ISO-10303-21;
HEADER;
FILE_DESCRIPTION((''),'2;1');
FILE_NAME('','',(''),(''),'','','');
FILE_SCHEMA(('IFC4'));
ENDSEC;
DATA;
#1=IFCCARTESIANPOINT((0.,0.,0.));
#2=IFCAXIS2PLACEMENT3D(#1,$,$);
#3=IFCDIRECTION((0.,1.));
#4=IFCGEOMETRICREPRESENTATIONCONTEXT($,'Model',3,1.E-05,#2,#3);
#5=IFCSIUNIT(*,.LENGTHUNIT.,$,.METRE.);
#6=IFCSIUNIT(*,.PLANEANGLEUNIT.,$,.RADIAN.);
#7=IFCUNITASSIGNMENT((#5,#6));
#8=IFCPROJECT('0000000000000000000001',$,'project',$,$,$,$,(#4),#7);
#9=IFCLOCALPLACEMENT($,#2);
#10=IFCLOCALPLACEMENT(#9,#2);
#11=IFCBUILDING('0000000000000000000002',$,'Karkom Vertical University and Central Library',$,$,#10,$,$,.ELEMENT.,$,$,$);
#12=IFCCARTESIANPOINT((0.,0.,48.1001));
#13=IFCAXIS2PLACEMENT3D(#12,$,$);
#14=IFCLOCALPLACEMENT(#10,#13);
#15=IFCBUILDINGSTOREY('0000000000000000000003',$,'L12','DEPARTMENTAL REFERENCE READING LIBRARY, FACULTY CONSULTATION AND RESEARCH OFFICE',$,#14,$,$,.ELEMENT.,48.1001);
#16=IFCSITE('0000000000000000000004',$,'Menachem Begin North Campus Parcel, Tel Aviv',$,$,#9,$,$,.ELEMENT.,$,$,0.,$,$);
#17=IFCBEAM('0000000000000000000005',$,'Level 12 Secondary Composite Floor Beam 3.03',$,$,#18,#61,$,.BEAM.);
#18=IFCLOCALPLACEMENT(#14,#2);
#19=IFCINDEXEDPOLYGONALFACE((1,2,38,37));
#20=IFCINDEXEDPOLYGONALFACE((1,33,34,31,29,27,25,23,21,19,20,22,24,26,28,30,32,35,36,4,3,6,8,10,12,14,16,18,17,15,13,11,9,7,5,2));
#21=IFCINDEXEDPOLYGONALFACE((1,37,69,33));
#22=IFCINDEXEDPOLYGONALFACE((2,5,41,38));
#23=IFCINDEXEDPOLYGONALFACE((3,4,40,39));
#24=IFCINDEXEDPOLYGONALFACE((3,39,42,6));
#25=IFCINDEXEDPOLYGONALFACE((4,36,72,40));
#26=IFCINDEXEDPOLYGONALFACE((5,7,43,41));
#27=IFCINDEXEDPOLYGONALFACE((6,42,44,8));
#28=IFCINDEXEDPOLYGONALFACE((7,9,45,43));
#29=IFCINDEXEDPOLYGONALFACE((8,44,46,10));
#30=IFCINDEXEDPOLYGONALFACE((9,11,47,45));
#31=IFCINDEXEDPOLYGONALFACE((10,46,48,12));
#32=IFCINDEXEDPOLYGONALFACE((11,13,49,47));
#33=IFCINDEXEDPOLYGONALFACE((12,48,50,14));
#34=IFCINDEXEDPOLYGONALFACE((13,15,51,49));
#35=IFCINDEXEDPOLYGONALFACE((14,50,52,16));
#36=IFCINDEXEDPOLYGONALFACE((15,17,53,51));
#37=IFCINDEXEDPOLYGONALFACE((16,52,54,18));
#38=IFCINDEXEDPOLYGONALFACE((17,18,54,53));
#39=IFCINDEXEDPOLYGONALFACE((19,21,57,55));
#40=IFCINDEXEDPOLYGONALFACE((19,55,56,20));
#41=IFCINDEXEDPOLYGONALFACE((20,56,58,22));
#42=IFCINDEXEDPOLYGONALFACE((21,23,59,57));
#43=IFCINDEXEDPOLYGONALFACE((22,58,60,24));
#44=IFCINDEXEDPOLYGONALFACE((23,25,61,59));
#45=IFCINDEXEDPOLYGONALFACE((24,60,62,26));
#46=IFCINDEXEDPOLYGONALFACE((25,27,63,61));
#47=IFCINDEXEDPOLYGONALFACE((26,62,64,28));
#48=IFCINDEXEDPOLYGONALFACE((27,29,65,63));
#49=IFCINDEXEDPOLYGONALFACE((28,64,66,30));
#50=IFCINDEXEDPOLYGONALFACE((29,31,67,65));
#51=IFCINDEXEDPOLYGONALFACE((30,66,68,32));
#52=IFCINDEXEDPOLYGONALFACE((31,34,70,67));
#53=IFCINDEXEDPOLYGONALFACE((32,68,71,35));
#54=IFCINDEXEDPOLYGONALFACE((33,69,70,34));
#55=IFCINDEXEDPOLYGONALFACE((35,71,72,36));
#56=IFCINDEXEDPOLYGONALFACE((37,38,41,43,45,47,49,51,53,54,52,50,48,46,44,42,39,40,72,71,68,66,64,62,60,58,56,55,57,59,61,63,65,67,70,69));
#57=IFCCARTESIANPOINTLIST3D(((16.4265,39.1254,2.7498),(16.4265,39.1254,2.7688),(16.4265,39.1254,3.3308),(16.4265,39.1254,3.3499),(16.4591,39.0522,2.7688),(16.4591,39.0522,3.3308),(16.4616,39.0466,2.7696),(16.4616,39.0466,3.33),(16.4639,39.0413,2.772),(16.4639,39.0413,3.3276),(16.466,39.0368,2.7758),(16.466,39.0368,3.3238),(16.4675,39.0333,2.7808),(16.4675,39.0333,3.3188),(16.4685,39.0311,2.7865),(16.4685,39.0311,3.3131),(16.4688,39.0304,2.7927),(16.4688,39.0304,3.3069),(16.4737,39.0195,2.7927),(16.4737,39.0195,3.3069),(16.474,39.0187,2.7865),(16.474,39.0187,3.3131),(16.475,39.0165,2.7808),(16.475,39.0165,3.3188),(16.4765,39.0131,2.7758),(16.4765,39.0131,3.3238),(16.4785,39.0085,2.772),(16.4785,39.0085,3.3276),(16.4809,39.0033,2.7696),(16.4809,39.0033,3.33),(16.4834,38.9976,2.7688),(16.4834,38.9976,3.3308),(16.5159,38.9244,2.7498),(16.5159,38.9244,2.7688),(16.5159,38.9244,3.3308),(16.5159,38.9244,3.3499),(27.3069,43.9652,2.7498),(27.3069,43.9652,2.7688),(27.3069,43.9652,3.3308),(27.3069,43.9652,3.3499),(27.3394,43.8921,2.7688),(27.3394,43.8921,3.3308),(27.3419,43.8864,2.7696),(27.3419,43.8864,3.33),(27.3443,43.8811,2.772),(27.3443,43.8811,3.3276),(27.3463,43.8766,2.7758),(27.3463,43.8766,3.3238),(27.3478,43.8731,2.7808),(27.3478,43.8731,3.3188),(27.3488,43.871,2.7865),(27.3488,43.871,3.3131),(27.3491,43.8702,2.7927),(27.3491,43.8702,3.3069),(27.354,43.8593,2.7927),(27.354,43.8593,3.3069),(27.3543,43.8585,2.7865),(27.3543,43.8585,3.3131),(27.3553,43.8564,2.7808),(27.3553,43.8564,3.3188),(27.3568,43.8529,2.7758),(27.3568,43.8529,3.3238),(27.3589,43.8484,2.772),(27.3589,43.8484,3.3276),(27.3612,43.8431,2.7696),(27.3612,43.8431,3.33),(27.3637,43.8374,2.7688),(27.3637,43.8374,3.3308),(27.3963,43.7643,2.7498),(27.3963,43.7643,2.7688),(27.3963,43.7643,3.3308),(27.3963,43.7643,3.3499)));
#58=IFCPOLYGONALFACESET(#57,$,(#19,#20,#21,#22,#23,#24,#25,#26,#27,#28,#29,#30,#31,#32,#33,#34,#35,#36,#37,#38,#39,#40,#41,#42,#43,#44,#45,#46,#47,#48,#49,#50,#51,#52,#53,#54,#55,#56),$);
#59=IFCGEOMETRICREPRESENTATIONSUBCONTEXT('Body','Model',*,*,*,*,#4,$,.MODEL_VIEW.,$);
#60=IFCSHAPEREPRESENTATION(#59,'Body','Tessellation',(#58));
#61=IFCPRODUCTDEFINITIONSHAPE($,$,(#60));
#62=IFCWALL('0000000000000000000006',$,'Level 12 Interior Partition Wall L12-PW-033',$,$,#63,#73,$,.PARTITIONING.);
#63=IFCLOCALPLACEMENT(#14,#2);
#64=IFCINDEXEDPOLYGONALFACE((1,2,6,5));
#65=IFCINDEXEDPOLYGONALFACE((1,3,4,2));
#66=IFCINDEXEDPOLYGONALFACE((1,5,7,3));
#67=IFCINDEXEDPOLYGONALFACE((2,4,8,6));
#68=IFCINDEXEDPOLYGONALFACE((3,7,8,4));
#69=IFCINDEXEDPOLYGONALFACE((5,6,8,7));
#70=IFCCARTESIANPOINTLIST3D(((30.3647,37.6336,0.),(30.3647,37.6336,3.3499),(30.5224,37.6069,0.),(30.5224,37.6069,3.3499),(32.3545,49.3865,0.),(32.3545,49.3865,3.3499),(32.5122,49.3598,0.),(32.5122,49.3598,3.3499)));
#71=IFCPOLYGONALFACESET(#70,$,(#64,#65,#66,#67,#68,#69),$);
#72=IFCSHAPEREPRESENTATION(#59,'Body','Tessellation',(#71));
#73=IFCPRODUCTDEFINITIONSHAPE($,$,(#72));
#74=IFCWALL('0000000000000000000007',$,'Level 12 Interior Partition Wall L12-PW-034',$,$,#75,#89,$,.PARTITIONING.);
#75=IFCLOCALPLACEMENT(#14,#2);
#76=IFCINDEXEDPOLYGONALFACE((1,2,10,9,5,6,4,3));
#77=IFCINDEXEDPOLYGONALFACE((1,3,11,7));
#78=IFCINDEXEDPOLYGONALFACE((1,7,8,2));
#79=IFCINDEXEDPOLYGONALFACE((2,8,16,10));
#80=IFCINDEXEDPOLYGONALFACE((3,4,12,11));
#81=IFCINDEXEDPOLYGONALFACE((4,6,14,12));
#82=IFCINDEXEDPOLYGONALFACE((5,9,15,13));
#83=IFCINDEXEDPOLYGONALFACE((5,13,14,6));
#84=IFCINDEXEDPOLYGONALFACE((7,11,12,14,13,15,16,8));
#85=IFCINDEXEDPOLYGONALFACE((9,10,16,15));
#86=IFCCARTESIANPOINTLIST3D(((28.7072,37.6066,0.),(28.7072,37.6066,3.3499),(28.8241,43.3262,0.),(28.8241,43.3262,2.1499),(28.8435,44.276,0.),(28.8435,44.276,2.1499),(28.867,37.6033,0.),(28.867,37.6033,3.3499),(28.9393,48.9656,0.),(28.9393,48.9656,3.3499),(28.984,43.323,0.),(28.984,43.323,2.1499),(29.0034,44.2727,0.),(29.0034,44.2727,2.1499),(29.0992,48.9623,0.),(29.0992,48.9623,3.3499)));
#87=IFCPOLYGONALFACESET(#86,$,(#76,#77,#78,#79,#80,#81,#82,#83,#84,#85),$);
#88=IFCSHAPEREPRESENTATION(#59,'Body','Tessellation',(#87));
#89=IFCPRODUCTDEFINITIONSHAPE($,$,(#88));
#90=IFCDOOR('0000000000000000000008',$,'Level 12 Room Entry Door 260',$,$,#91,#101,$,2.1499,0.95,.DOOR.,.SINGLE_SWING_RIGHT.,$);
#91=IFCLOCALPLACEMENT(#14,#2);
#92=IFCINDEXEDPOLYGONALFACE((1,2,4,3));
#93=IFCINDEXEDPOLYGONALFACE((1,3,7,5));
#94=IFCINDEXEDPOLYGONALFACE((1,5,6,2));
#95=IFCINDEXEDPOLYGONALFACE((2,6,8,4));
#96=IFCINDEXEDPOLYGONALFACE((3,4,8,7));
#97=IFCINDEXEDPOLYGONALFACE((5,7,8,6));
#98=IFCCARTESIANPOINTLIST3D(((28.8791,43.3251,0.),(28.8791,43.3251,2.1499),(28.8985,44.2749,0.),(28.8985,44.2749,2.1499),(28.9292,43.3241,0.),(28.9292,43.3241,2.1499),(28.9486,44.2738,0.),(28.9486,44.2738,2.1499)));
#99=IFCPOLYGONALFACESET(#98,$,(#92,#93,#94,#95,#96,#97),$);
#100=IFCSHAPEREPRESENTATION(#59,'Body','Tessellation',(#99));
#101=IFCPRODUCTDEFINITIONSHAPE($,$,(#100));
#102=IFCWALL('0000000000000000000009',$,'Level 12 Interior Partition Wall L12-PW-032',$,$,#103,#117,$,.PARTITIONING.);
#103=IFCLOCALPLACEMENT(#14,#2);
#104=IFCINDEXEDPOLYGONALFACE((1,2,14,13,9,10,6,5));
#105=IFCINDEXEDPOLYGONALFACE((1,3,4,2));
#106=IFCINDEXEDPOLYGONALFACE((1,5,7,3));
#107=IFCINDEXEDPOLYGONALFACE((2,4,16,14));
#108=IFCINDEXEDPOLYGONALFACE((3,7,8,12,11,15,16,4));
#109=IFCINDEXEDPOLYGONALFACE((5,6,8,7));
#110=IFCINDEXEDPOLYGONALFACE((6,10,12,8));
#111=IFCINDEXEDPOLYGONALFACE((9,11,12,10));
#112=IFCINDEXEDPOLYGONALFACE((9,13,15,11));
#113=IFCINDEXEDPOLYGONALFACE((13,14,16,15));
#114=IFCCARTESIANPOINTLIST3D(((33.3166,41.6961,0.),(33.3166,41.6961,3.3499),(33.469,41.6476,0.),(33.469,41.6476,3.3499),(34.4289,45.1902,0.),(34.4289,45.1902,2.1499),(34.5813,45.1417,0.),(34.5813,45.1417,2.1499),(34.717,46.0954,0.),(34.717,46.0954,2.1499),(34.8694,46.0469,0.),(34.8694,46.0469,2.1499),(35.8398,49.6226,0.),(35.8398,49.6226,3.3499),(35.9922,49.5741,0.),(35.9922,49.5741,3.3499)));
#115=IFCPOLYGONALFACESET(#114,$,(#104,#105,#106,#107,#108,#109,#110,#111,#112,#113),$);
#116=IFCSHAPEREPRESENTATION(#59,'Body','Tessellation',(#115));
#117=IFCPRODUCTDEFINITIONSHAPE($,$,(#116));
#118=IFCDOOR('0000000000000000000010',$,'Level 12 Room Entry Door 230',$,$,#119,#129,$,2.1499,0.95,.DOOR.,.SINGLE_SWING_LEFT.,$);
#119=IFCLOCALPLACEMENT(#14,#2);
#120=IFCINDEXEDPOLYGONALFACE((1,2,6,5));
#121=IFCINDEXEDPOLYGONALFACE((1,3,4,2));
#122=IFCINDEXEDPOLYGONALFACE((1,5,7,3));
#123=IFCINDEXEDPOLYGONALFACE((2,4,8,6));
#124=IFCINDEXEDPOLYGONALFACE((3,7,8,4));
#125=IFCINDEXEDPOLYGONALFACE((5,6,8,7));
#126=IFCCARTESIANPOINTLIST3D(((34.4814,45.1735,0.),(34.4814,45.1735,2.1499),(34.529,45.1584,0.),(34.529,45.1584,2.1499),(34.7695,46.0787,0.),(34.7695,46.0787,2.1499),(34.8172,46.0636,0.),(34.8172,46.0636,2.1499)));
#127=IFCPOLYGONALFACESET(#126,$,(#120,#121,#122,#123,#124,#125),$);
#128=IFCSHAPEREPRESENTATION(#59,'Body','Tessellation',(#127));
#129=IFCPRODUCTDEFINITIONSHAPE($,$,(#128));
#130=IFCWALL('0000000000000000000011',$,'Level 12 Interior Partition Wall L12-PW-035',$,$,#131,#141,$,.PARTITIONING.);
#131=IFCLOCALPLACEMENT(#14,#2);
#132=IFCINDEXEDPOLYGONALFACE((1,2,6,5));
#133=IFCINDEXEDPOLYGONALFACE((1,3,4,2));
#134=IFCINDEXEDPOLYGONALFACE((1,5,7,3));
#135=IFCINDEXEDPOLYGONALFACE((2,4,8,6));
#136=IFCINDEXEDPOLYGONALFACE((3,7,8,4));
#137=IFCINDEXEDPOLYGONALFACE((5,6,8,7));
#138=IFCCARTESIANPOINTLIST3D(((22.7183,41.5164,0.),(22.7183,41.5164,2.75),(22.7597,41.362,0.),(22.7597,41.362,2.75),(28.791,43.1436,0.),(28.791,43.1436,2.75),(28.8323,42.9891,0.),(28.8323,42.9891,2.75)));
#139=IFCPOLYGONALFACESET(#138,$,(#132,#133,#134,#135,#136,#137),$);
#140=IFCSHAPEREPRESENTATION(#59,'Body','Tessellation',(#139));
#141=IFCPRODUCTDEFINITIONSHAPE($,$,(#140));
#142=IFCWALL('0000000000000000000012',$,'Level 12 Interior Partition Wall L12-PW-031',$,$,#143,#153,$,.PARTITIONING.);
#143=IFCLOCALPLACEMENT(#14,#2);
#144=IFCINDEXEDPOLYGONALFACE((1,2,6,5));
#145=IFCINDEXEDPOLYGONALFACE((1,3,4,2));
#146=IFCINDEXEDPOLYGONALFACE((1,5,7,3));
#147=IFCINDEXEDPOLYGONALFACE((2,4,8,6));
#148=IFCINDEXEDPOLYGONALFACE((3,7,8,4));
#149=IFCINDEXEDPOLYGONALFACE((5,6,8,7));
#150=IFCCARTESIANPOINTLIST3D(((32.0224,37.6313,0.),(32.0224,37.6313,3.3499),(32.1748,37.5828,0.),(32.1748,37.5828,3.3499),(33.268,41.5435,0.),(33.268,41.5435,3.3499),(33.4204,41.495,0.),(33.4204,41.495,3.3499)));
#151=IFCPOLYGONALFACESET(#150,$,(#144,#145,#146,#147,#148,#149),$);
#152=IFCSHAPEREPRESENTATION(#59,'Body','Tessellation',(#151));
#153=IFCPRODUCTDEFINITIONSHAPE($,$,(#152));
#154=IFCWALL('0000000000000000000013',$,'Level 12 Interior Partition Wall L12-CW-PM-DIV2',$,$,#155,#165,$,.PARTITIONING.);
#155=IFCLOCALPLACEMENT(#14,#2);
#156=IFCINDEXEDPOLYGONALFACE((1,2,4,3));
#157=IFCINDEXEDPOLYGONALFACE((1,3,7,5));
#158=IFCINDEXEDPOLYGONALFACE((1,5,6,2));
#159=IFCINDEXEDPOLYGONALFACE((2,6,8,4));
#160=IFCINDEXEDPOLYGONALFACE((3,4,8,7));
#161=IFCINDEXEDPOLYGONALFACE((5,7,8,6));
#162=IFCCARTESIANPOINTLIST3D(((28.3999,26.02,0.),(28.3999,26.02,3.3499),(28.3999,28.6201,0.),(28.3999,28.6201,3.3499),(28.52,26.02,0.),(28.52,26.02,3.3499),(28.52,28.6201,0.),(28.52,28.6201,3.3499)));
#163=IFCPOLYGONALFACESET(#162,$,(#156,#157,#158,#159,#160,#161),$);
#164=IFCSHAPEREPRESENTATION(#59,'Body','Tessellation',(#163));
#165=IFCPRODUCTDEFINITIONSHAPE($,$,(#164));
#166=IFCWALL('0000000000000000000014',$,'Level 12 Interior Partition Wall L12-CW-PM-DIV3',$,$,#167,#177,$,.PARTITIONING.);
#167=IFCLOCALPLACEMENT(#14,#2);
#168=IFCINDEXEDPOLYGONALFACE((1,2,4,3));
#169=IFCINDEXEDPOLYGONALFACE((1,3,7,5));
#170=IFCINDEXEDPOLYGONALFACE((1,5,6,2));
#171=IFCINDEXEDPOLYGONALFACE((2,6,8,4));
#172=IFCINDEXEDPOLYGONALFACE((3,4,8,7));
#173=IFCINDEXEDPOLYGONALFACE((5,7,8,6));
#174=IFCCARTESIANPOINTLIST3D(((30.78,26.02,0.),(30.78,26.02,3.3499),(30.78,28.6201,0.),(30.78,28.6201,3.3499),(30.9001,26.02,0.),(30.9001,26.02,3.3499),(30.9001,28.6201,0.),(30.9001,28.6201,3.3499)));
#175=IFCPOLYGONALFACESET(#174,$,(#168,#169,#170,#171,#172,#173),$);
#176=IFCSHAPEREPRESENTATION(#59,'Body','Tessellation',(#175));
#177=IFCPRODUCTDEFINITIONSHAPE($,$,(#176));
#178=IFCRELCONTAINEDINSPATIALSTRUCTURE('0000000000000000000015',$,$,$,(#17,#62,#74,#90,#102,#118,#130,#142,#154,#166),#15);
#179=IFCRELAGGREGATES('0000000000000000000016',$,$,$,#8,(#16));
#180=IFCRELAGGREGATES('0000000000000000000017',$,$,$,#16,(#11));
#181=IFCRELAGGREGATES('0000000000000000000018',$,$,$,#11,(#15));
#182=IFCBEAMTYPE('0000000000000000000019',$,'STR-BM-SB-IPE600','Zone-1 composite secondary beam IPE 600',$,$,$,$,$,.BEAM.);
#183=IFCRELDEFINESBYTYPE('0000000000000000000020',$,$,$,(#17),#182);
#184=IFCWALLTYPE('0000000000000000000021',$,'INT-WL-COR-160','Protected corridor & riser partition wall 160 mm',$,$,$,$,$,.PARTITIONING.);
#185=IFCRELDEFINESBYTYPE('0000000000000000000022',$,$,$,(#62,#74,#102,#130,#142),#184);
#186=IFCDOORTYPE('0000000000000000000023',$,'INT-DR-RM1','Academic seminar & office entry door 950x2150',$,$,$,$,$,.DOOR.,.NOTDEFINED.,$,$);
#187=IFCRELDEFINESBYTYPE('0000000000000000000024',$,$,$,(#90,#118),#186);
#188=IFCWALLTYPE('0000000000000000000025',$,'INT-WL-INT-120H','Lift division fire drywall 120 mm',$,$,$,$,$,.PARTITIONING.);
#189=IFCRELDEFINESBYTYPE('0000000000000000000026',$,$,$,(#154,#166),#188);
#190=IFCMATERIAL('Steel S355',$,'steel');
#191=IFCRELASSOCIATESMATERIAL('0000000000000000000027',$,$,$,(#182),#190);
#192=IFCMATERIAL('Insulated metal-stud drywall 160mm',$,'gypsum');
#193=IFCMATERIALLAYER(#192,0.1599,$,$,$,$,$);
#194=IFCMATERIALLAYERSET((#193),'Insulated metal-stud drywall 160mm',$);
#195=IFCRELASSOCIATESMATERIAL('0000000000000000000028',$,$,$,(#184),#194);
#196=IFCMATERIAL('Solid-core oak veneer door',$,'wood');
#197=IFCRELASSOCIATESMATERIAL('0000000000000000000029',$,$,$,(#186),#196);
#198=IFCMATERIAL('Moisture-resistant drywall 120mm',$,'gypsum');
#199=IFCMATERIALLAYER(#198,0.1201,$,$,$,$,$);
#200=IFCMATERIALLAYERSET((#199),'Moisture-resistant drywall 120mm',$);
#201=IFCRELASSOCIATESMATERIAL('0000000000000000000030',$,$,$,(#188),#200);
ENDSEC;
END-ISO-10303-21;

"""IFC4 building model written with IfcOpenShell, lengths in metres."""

from ifc_helpers import new_model, si_unit, direction, frame, frame_2d, origin, origin_with_axes, origin_2d, place, context, subcontext, project, spatial, rectangle, i_section, extrude, source, transform, mapped, material, layer, layer_set, material_profile, profile_set, type_object, element, fill, save


model = new_model("IFC4")

# Units and contexts
model_context = context("Model", 3, precision=1e-05, world=origin(), true_north=direction((0.0, 1.0)))
body_context = subcontext(model_context, "Body", "Model", "MODEL_VIEW")
ifc_project = project(units=[si_unit("LENGTHUNIT", "METRE"), si_unit("PLANEANGLEUNIT", "RADIAN")], contexts=[model_context])

# Site, building, storey
site_placement = place(None, origin())
site = spatial("IfcSite", under=ifc_project, at=site_placement, Name="Menachem Begin North Campus Parcel, Tel Aviv", CompositionType="ELEMENT", RefElevation=0.0)
building_placement = place(site_placement, origin())
building = spatial("IfcBuilding", under=site, at=building_placement, Name="Karkom Vertical University and Central Library", CompositionType="ELEMENT")
storey_placement = place(building_placement, frame((0.0, 0.0, 48.1001)))
storey = spatial("IfcBuildingStorey", under=building, at=storey_placement, Name="L12", Description="DEPARTMENTAL REFERENCE READING LIBRARY, FACULTY CONSULTATION AND RESEARCH OFFICE", CompositionType="ELEMENT", Elevation=48.1001)

# Beam
ifc_material_1 = material(Name="Steel S355", Category="steel")
ifc_material_profile_1 = material_profile(ifc_material_1, i_section(OverallWidth=0.22, OverallDepth=0.6001, WebThickness=0.012, FlangeThickness=0.019, FilletRadius=0.0239, at=origin_2d()), Name="IPE 600")
ifc_profile_set_1 = profile_set([ifc_material_profile_1], Name="Steel S355")
beam_type_1 = type_object("IfcBeamType", Name="STR-BM-SB-IPE600", Description="Zone-1 composite secondary beam IPE 600", PredefinedType="BEAM", material=ifc_profile_set_1)
shared_shape_1 = source(origin_with_axes(), body_context, "Body", "SweptSolid", [
    extrude(i_section(OverallWidth=0.22, OverallDepth=0.6001, WebThickness=0.012, FlangeThickness=0.019, FilletRadius=0.0239, at=origin_2d()), origin(), (0.0, 0.0, 1.0), 11.9082),
])
beam_1_placement = place(storey_placement, frame((27.3516, 43.8647, 3.0498), z_axis=(-0.913683, -0.406428, 0.0), x_axis=(0.406428, -0.913683, 0.0)))
element("IfcBeam", 1, at=beam_1_placement, inside=storey, type_object=beam_type_1, Name="Level 12 Secondary Composite Floor Beam 3.03", PredefinedType="BEAM", context=body_context, shape_type="MappedRepresentation", body=[
    mapped(shared_shape_1, transform((0.0, 0.0, 0.0), scale=1.0)),
])

# Wall
ifc_material_2 = material(Name="Insulated metal-stud drywall 160mm", Category="gypsum")
ifc_layer_1 = layer(ifc_material_2, 0.1599)
ifc_layer_set_1 = layer_set([ifc_layer_1], Name="Insulated metal-stud drywall 160mm")
wall_type_1 = type_object("IfcWallType", Name="INT-WL-COR-160", Description="Protected corridor & riser partition wall 160 mm", PredefinedType="PARTITIONING", material=ifc_layer_set_1)
wall_1_placement = place(storey_placement, frame((30.4436, 37.6204, 0.0), z_axis=(0.0, 0.0, 1.0), x_axis=(0.166923, 0.98597, 0.0)))
element("IfcWall", 2, at=wall_1_placement, inside=storey, type_object=wall_type_1, Name="Level 12 Interior Partition Wall L12-PW-033", PredefinedType="PARTITIONING", context=body_context, shape_type="SweptSolid", body=[
    extrude(rectangle(XDim=11.9202, YDim=0.1599, at=frame_2d((5.96, 0.0))), origin(), (0.0, 0.0, 1.0), 3.3499),
])

# Walls, openings, doors
wall_2_placement = place(storey_placement, frame((28.7871, 37.605, 0.0), z_axis=(0.0, 0.0, 1.0), x_axis=(0.020436, 0.999791, 0.0)))
wall_2 = element("IfcWall", 3, at=wall_2_placement, inside=storey, type_object=wall_type_1, Name="Level 12 Interior Partition Wall L12-PW-034", PredefinedType="PARTITIONING", context=body_context, shape_type="SweptSolid", body=[
    extrude(rectangle(XDim=11.3613, YDim=0.1599, at=frame_2d((5.6807, 0.0))), origin(), (0.0, 0.0, 1.0), 3.3499),
])
opening_1_placement = place(wall_2_placement, frame((5.7207, 0.0, 0.0)))
opening_1 = element("IfcOpeningElement", 4, at=opening_1_placement, cuts=wall_2, PredefinedType="OPENING", context=body_context, shape_type="SweptSolid", body=[
    extrude(rectangle(XDim=0.95, YDim=2.1499, at=frame_2d((0.4751, 1.075))), frame((0.0, 0.0898, 0.0), z_axis=(0.0, -1.0, 0.0), x_axis=(1.0, 0.0, 0.0)), (0.0, 0.0, 1.0), 0.1799),
])
ifc_material_3 = material(Name="Solid-core oak veneer door", Category="wood")
door_type_1 = type_object("IfcDoorType", Name="INT-DR-RM1", Description="Academic seminar & office entry door 950x2150", OperationType="NOTDEFINED", PredefinedType="DOOR", material=ifc_material_3)
shared_shape_2 = source(origin_with_axes(), body_context, "Body", "SweptSolid", [
    extrude(rectangle(XDim=0.95, YDim=2.1499, at=frame_2d((0.4751, 1.075))), frame((0.0, 0.0249, 0.0), z_axis=(0.0, -1.0, 0.0), x_axis=(1.0, 0.0, 0.0)), (0.0, 0.0, 1.0), 0.05),
])
door_1_placement = place(opening_1_placement, origin())
door_1 = element("IfcDoor", 5, at=door_1_placement, inside=storey, type_object=door_type_1, Name="Level 12 Room Entry Door 260", OperationType="SINGLE_SWING_RIGHT", OverallHeight=2.1499, OverallWidth=0.95, PredefinedType="DOOR", context=body_context, shape_type="MappedRepresentation", body=[
    mapped(shared_shape_2, transform((0.0, 0.0, 0.0), scale=1.0)),
])
fill(opening_1, door_1)
wall_3_placement = place(storey_placement, frame((33.3928, 41.6719, 0.0), z_axis=(0.0, 0.0, 1.0), x_axis=(0.303326, 0.952887, 0.0)))
wall_3 = element("IfcWall", 6, at=wall_3_placement, inside=storey, type_object=wall_type_1, Name="Level 12 Interior Partition Wall L12-PW-032", PredefinedType="PARTITIONING", context=body_context, shape_type="SweptSolid", body=[
    extrude(rectangle(XDim=8.3184, YDim=0.1599, at=frame_2d((4.1592, 0.0))), origin(), (0.0, 0.0, 1.0), 3.3499),
])
opening_2_placement = place(wall_3_placement, frame((3.6667, 0.0, 0.0)))
opening_2 = element("IfcOpeningElement", 7, at=opening_2_placement, cuts=wall_3, PredefinedType="OPENING", context=body_context, shape_type="SweptSolid", body=[
    extrude(rectangle(XDim=0.95, YDim=2.1499, at=frame_2d((0.4751, 1.075))), frame((0.0, 0.0898, 0.0), z_axis=(0.0, -1.0, 0.0), x_axis=(1.0, 0.0, 0.0)), (0.0, 0.0, 1.0), 0.1799),
])
door_2_placement = place(opening_2_placement, origin())
door_2 = element("IfcDoor", 8, at=door_2_placement, inside=storey, type_object=door_type_1, Name="Level 12 Room Entry Door 230", OperationType="SINGLE_SWING_LEFT", OverallHeight=2.1499, OverallWidth=0.95, PredefinedType="DOOR", context=body_context, shape_type="MappedRepresentation", body=[
    mapped(shared_shape_2, transform((0.0, 0.0, 0.0), scale=1.0)),
])
fill(opening_2, door_2)

# Walls
wall_4_placement = place(storey_placement, frame((28.8118, 43.0664, 0.0), z_axis=(0.0, 0.0, 1.0), x_axis=(-0.965926, -0.25882, 0.0)))
element("IfcWall", 9, at=wall_4_placement, inside=storey, type_object=wall_type_1, Name="Level 12 Interior Partition Wall L12-PW-035", PredefinedType="PARTITIONING", context=body_context, shape_type="SweptSolid", body=[
    extrude(rectangle(XDim=6.2869, YDim=0.1599, at=frame_2d((3.1436, 0.0))), origin(), (0.0, 0.0, 1.0), 2.75),
])
wall_5_placement = place(storey_placement, frame((32.0986, 37.6072, 0.0), z_axis=(0.0, 0.0, 1.0), x_axis=(0.30339, 0.952866, 0.0)))
element("IfcWall", 10, at=wall_5_placement, inside=storey, type_object=wall_type_1, Name="Level 12 Interior Partition Wall L12-PW-031", PredefinedType="PARTITIONING", context=body_context, shape_type="SweptSolid", body=[
    extrude(rectangle(XDim=4.1057, YDim=0.1599, at=frame_2d((2.0527, 0.0))), origin(), (0.0, 0.0, 1.0), 3.3499),
])

# Walls
ifc_material_4 = material(Name="Moisture-resistant drywall 120mm", Category="gypsum")
ifc_layer_2 = layer(ifc_material_4, 0.1201)
ifc_layer_set_2 = layer_set([ifc_layer_2], Name="Moisture-resistant drywall 120mm")
wall_type_2 = type_object("IfcWallType", Name="INT-WL-INT-120H", Description="Lift division fire drywall 120 mm", PredefinedType="PARTITIONING", material=ifc_layer_set_2)
for number, where, z_axis, x_axis, name in (
    (11, (28.46, 26.02, 0.0), (0.0, 0.0, 1.0), (0.0, 1.0, 0.0), "Level 12 Interior Partition Wall L12-CW-PM-DIV2"),
    (12, (30.8401, 26.02, 0.0), (0.0, 0.0, 1.0), (0.0, 1.0, 0.0), "Level 12 Interior Partition Wall L12-CW-PM-DIV3"),
):
    element("IfcWall", number, at=place(storey_placement, frame(where, z_axis=z_axis, x_axis=x_axis)), inside=storey, type_object=wall_type_2, Name=name, PredefinedType="PARTITIONING", context=body_context, shape_type="SweptSolid", body=[
        extrude(rectangle(XDim=2.6001, YDim=0.1201, at=frame_2d((1.3, 0.0))), origin(), (0.0, 0.0, 1.0), 3.3499),
    ])

save(model, "model.ifc")
